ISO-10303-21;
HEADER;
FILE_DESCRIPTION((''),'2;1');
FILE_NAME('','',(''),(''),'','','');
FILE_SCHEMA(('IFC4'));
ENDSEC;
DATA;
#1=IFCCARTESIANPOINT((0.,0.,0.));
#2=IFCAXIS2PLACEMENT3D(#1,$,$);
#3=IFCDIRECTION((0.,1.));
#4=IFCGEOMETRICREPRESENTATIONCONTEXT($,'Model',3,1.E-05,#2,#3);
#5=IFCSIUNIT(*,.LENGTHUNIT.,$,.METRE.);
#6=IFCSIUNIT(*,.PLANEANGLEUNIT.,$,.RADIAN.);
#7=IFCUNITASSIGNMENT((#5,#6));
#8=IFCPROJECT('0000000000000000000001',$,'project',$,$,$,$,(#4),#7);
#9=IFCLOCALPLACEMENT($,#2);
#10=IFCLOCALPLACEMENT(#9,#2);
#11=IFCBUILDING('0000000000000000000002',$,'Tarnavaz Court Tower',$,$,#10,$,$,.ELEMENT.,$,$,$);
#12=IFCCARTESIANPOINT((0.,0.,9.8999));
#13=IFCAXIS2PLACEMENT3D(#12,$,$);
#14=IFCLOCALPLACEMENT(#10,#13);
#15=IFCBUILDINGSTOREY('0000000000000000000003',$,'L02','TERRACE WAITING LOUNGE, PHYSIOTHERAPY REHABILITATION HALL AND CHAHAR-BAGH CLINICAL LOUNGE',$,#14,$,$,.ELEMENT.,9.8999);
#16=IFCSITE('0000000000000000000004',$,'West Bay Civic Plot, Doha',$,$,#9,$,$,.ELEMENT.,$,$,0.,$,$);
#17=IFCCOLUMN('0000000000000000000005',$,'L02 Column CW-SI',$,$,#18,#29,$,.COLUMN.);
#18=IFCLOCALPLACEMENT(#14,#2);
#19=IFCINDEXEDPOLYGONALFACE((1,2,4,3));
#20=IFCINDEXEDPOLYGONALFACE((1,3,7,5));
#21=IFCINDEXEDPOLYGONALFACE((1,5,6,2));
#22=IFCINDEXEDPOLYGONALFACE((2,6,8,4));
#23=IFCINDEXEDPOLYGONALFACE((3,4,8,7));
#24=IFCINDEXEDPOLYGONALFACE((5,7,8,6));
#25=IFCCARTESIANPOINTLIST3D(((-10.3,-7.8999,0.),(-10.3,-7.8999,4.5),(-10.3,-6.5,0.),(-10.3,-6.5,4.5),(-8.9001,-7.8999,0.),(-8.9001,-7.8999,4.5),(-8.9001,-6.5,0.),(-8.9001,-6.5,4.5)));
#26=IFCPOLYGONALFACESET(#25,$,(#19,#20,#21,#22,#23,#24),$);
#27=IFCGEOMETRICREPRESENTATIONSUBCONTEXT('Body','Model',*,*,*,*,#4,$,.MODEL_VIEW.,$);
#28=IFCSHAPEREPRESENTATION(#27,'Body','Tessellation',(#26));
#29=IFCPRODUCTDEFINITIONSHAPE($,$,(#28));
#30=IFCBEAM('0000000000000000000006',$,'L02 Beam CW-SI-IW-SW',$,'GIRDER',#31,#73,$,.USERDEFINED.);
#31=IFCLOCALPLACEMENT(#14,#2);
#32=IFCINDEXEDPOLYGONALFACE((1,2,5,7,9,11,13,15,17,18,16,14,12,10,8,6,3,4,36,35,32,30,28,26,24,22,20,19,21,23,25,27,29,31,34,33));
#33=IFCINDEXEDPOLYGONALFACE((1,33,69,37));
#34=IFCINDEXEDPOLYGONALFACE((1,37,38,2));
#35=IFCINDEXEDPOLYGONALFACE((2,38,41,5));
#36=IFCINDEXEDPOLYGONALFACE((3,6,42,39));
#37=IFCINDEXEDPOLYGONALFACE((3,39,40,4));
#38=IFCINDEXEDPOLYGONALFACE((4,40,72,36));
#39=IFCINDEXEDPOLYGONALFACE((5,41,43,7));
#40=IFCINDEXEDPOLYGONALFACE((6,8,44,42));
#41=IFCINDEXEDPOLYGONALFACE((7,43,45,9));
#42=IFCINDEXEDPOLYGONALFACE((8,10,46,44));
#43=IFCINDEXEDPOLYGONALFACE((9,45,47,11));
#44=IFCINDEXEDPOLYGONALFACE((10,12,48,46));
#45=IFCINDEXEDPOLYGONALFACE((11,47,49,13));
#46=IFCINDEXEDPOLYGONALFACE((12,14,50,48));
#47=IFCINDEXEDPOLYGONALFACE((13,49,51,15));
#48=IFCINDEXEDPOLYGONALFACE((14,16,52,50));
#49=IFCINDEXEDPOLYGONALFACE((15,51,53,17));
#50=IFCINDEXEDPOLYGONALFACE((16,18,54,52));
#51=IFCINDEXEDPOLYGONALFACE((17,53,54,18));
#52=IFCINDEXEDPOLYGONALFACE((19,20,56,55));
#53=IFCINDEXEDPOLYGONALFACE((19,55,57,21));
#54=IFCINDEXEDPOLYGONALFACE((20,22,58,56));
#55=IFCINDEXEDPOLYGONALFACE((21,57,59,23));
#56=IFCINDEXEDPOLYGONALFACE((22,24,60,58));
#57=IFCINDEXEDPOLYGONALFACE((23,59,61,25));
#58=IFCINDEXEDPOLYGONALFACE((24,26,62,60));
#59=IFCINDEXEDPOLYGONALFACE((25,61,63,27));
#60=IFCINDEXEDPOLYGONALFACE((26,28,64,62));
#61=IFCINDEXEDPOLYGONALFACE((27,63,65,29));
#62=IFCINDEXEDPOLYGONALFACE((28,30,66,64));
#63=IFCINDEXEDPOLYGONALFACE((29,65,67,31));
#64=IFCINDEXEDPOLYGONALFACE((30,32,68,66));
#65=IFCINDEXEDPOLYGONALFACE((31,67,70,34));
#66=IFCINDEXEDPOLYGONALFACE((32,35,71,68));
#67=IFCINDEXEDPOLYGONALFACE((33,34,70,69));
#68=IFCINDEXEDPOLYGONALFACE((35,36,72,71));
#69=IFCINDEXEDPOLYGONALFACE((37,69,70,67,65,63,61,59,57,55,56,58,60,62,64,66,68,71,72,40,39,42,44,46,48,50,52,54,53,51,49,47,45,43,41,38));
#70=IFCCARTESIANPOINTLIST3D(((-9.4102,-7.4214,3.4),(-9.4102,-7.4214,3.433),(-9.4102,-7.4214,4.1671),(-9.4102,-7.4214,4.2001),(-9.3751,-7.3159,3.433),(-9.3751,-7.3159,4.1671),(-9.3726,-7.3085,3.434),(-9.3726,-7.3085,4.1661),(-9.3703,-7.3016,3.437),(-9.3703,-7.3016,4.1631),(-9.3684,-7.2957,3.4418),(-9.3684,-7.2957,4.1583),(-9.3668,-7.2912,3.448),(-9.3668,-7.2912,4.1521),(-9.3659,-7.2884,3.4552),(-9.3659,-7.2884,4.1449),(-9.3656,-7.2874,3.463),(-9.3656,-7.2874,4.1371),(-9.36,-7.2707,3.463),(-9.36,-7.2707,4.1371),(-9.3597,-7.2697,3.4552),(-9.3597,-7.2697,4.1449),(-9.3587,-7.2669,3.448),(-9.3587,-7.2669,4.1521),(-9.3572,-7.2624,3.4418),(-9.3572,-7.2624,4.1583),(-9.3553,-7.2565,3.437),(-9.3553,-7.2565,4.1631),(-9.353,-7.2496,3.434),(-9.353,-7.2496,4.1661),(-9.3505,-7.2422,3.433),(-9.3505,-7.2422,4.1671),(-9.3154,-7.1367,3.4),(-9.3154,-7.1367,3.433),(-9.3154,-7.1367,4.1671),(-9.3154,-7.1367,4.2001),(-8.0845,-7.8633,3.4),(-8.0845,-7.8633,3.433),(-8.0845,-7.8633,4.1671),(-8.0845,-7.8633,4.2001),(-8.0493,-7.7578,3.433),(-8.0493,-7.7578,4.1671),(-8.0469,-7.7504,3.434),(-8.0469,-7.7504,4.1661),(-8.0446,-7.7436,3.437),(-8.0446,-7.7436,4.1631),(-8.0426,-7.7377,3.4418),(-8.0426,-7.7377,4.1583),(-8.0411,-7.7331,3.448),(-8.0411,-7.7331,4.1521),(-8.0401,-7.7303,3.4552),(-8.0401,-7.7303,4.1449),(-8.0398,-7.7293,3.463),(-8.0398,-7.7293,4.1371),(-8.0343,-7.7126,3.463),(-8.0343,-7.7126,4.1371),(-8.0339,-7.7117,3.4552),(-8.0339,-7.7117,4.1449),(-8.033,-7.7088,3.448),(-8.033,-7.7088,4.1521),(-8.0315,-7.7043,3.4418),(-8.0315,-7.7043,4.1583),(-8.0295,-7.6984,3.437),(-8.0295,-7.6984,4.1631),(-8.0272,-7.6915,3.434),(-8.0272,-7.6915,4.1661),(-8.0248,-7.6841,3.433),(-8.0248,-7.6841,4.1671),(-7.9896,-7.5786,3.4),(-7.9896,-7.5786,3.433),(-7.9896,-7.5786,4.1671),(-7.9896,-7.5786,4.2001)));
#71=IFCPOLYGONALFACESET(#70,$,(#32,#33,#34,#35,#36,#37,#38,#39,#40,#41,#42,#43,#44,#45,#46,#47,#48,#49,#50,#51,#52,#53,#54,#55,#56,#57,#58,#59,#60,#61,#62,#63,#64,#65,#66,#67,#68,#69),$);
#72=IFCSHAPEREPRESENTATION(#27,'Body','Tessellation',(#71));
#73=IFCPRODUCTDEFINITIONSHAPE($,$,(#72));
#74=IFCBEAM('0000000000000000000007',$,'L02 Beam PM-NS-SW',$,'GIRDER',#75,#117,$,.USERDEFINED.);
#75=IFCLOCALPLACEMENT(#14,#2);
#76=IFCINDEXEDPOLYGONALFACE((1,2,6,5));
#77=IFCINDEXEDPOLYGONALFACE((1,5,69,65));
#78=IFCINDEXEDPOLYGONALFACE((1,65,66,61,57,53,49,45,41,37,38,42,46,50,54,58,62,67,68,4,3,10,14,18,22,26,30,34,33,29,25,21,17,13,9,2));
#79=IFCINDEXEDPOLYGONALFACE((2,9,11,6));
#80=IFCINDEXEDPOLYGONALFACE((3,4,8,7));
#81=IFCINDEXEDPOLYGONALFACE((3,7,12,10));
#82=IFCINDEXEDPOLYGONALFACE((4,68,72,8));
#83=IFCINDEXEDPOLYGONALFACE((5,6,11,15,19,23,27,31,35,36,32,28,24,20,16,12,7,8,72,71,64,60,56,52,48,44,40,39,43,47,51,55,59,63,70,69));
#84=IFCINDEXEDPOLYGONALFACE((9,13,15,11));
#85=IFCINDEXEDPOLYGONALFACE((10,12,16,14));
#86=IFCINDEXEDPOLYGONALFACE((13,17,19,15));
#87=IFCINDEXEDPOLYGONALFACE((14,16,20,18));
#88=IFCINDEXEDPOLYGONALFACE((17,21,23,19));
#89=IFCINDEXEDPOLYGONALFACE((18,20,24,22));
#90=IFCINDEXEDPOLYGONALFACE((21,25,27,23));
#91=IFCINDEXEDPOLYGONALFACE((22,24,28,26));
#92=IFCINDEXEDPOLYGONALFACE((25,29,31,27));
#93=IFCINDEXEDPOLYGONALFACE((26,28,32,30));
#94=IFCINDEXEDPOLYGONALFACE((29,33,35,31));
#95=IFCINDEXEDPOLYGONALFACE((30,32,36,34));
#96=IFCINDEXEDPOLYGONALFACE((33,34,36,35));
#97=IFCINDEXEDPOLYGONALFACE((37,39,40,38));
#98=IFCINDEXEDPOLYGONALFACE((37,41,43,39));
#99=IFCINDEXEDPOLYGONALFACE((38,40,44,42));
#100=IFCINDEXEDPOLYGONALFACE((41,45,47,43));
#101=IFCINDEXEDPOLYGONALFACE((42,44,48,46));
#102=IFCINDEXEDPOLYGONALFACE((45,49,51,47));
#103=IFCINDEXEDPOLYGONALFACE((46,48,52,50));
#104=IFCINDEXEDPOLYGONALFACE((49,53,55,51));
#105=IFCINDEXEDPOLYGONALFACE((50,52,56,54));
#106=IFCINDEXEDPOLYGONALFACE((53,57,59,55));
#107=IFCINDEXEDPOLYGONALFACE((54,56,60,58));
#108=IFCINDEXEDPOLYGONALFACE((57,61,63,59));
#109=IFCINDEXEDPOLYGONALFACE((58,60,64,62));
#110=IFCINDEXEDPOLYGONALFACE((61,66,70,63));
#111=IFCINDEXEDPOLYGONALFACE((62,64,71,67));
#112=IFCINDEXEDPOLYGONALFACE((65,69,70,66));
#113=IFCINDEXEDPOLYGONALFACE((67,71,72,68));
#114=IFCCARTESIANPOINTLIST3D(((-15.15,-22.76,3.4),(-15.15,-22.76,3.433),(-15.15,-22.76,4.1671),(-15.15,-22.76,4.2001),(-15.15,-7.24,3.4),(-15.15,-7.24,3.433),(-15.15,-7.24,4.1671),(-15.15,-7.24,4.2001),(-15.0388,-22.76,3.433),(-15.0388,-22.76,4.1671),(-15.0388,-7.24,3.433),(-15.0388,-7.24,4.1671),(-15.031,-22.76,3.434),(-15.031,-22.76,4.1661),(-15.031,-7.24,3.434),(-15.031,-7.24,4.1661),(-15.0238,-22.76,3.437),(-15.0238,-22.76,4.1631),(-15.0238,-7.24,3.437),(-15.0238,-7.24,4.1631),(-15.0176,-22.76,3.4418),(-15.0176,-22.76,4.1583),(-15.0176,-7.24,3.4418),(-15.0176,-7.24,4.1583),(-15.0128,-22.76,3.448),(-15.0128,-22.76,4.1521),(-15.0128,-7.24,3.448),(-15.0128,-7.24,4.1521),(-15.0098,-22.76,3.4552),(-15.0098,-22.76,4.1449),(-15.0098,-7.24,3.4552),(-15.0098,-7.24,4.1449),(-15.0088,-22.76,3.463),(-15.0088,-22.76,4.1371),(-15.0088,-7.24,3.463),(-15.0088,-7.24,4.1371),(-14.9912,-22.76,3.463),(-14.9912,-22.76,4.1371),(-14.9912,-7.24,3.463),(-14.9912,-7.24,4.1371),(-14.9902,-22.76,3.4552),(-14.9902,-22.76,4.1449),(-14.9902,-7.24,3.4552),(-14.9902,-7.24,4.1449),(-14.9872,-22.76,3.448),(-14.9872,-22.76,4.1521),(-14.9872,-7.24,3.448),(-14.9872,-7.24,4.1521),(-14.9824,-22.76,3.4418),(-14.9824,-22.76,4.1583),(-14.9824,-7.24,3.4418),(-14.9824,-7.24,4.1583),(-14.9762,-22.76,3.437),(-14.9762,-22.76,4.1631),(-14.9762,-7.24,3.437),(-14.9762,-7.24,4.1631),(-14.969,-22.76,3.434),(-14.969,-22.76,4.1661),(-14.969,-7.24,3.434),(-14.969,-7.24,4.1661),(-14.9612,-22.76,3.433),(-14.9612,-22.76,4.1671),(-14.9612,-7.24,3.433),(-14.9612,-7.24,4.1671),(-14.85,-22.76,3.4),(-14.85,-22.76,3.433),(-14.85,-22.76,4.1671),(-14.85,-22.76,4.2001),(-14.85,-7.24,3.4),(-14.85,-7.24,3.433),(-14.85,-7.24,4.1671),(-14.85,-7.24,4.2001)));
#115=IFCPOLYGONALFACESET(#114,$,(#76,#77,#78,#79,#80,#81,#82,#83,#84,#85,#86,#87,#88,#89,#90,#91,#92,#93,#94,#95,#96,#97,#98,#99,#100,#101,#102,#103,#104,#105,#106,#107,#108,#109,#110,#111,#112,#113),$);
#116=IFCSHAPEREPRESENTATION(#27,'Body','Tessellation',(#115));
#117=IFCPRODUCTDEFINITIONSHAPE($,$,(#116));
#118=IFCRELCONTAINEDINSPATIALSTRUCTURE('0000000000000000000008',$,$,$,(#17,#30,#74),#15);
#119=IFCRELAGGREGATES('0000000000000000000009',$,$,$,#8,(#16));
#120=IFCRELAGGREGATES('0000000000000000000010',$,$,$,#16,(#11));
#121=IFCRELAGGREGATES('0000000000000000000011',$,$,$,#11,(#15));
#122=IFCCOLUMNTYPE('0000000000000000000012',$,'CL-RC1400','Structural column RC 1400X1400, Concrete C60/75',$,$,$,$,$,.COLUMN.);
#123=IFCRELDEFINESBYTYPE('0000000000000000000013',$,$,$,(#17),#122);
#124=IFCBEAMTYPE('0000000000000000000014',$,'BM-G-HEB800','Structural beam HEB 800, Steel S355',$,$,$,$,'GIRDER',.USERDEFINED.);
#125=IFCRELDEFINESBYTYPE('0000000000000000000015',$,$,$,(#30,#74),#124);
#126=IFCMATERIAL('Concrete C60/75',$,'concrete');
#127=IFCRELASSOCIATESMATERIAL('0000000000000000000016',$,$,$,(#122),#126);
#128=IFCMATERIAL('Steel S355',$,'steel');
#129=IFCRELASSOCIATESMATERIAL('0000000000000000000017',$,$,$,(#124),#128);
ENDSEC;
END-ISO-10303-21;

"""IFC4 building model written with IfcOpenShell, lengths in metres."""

from ifc_helpers import new_model, si_unit, direction, frame, origin, origin_2d, place, context, subcontext, project, spatial, rectangle, i_section, extrude, material, material_profile, profile_set, type_object, element, save


model = new_model("IFC4")

# Units and contexts
model_context = context("Model", 3, precision=1e-05, world=origin(), true_north=direction((0.0, 1.0)))
body_context = subcontext(model_context, "Body", "Model", "MODEL_VIEW")
ifc_project = project(units=[si_unit("LENGTHUNIT", "METRE"), si_unit("PLANEANGLEUNIT", "RADIAN")], contexts=[model_context])

# Site, building, storey
site_placement = place(None, origin())
site = spatial("IfcSite", under=ifc_project, at=site_placement, Name="West Bay Civic Plot, Doha", CompositionType="ELEMENT", RefElevation=0.0)
building_placement = place(site_placement, origin())
building = spatial("IfcBuilding", under=site, at=building_placement, Name="Tarnavaz Court Tower", CompositionType="ELEMENT")
storey_placement = place(building_placement, frame((0.0, 0.0, 9.8999)))
storey = spatial("IfcBuildingStorey", under=building, at=storey_placement, Name="L02", Description="TERRACE WAITING LOUNGE, PHYSIOTHERAPY REHABILITATION HALL AND CHAHAR-BAGH CLINICAL LOUNGE", CompositionType="ELEMENT", Elevation=9.8999)

# Column
ifc_material_1 = material(Name="Concrete C60/75", Category="concrete")
ifc_material_profile_1 = material_profile(ifc_material_1, rectangle(XDim=1.3999, YDim=1.3999, at=origin_2d()), Name="RC 1400X1400")
ifc_profile_set_1 = profile_set([ifc_material_profile_1], Name="Concrete C60/75")
column_type = type_object("IfcColumnType", Name="CL-RC1400", Description="Structural column RC 1400X1400, Concrete C60/75", PredefinedType="COLUMN", material=ifc_profile_set_1)
column_placement = place(storey_placement, frame((-9.6001, -7.2, 0.0), z_axis=(0.0, 0.0, 1.0), x_axis=(1.0, 0.0, 0.0)))
element("IfcColumn", 1, at=column_placement, inside=storey, type_object=column_type, Name="L02 Column CW-SI", PredefinedType="COLUMN", context=body_context, shape_type="SweptSolid", body=[
    extrude(rectangle(XDim=1.3999, YDim=1.3999, at=origin_2d()), origin(), (0.0, 0.0, 1.0), 4.5),
])

# Beams
ifc_material_2 = material(Name="Steel S355", Category="steel")
ifc_material_profile_2 = material_profile(ifc_material_2, i_section(OverallWidth=0.3, OverallDepth=0.8, WebThickness=0.0176, FlangeThickness=0.033, FilletRadius=0.03, at=origin_2d()), Name="HEB 800")
ifc_profile_set_2 = profile_set([ifc_material_profile_2], Name="Steel S355")
beam_type = type_object("IfcBeamType", Name="BM-G-HEB800", Description="Structural beam HEB 800, Steel S355", ElementType="GIRDER", PredefinedType="USERDEFINED", material=ifc_profile_set_2)
beam_1_placement = place(storey_placement, frame((-9.3628, -7.2791, 3.8), z_axis=(0.948683, -0.316228, 0.0), x_axis=(0.316228, 0.948683, 0.0)))
element("IfcBeam", 2, at=beam_1_placement, inside=storey, type_object=beam_type, Name="L02 Beam CW-SI-IW-SW", ObjectType="GIRDER", PredefinedType="USERDEFINED", context=body_context, shape_type="SweptSolid", body=[
    extrude(i_section(OverallWidth=0.3, OverallDepth=0.8, WebThickness=0.0176, FlangeThickness=0.033, FilletRadius=0.03, at=origin_2d()), origin(), (0.0, 0.0, 1.0), 1.3975),
])
beam_2_placement = place(storey_placement, frame((-15.0, -7.24, 3.8), z_axis=(0.0, -1.0, 0.0), x_axis=(1.0, 0.0, 0.0)))
element("IfcBeam", 3, at=beam_2_placement, inside=storey, type_object=beam_type, Name="L02 Beam PM-NS-SW", ObjectType="GIRDER", PredefinedType="USERDEFINED", context=body_context, shape_type="SweptSolid", body=[
    extrude(i_section(OverallWidth=0.3, OverallDepth=0.8, WebThickness=0.0176, FlangeThickness=0.033, FilletRadius=0.03, at=origin_2d()), origin(), (0.0, 0.0, 1.0), 15.52),
])

save(model, "model.ifc")
